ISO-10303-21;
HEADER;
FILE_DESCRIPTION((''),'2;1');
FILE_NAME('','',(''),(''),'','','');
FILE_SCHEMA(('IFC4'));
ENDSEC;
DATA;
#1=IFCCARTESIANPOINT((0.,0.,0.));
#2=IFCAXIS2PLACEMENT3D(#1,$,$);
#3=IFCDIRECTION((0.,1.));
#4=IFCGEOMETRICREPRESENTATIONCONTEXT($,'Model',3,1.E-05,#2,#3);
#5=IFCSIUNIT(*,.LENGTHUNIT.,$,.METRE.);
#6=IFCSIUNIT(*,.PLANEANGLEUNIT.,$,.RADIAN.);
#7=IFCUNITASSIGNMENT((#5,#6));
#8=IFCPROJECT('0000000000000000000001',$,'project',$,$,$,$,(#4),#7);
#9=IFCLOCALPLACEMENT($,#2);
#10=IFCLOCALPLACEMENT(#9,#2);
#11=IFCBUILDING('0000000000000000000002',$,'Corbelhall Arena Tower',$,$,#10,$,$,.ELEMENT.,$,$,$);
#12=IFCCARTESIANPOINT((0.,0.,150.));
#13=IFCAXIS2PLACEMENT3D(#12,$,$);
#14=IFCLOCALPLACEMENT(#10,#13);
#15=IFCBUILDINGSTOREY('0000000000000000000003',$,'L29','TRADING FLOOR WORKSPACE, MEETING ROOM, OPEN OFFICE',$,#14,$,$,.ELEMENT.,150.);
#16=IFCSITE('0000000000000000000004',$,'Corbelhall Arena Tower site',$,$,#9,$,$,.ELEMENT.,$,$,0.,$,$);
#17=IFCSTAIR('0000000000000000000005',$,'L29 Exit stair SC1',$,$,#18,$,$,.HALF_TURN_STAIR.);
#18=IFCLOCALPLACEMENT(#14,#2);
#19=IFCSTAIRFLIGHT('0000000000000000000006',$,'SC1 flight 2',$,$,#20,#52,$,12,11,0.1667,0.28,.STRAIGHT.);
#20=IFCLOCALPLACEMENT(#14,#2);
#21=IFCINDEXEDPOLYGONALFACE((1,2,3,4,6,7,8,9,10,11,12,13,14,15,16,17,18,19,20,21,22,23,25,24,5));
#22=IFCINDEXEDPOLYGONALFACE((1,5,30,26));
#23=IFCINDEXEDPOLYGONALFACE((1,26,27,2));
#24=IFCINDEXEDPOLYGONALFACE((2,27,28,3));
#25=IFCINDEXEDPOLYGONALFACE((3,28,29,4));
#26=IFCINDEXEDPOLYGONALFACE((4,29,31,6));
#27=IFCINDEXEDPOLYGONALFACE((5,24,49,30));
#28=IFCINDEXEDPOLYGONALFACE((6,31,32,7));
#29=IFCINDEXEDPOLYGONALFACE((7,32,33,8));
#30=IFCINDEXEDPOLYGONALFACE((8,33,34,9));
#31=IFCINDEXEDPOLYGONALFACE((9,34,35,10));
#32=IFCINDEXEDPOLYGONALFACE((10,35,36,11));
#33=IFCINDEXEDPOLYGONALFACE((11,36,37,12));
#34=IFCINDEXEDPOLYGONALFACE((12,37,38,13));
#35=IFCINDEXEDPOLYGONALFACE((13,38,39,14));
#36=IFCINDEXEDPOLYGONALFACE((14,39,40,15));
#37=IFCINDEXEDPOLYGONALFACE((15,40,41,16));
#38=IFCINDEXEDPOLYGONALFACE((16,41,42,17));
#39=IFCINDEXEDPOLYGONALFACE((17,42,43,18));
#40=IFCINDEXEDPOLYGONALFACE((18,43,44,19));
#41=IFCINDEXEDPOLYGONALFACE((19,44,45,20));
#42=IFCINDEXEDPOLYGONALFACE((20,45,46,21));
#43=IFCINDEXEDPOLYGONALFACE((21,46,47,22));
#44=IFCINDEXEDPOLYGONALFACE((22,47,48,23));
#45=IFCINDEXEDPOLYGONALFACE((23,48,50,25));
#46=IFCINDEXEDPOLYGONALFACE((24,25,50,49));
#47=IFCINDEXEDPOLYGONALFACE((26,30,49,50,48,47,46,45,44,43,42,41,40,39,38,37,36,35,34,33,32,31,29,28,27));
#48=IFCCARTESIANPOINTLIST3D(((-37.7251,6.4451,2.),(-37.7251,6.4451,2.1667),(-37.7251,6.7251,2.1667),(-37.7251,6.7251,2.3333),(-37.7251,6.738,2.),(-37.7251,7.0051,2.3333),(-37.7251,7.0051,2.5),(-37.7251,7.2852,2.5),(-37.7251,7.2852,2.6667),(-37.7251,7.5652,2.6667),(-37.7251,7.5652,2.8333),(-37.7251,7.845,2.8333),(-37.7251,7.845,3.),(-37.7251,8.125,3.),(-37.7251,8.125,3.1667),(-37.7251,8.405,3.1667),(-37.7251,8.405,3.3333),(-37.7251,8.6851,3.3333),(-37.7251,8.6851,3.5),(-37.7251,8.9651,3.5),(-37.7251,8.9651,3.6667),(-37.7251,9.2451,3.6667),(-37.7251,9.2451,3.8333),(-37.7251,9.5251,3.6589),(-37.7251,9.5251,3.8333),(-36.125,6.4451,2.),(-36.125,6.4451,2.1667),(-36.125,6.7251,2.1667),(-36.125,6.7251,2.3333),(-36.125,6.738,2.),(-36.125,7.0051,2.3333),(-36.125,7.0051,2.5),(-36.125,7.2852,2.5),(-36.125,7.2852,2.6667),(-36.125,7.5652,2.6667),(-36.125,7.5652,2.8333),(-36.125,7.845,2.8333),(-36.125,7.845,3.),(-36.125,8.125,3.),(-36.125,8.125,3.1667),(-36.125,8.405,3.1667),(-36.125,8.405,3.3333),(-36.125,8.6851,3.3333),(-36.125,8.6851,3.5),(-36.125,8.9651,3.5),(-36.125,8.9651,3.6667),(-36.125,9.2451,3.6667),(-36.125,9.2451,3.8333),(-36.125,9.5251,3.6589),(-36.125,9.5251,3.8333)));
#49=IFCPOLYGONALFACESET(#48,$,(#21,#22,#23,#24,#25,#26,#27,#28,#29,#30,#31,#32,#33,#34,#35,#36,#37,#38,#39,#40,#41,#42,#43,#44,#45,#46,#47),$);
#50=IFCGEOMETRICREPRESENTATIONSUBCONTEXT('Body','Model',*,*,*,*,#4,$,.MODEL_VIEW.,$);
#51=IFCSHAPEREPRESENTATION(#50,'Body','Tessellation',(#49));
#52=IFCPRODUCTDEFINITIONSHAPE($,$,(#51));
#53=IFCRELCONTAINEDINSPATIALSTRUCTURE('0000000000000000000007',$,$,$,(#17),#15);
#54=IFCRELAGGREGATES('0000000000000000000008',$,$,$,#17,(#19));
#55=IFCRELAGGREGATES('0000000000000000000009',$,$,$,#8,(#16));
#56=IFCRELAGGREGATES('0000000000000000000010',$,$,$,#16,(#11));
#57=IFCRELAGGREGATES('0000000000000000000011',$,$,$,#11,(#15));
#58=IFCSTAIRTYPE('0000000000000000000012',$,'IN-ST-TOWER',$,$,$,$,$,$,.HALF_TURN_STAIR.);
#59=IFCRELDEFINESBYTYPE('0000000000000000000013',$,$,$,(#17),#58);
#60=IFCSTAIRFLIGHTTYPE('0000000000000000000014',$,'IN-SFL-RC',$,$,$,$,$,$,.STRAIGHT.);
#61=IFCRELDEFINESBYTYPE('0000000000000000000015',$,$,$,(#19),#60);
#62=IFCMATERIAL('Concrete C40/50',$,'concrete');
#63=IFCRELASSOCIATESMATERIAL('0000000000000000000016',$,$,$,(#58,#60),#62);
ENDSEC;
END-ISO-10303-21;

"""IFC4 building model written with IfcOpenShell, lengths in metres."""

from ifc_helpers import new_model, si_unit, direction, frame, origin, place, context, subcontext, project, spatial, polyline, outline, extrude, material, type_object, element, aggregate, save


model = new_model("IFC4")

# Units and contexts
model_context = context("Model", 3, precision=1e-05, world=origin(), true_north=direction((0.0, 1.0)))
body_context = subcontext(model_context, "Body", "Model", "MODEL_VIEW")
ifc_project = project(units=[si_unit("LENGTHUNIT", "METRE"), si_unit("PLANEANGLEUNIT", "RADIAN")], contexts=[model_context])

# Site, building, storey
site_placement = place(None, origin())
site = spatial("IfcSite", under=ifc_project, at=site_placement, Name="Corbelhall Arena Tower site", CompositionType="ELEMENT", RefElevation=0.0)
building_placement = place(site_placement, origin())
building = spatial("IfcBuilding", under=site, at=building_placement, Name="Corbelhall Arena Tower", CompositionType="ELEMENT")
storey_placement = place(building_placement, frame((0.0, 0.0, 150.0)))
storey = spatial("IfcBuildingStorey", under=building, at=storey_placement, Name="L29", Description="TRADING FLOOR WORKSPACE, MEETING ROOM, OPEN OFFICE", CompositionType="ELEMENT", Elevation=150.0)

# Shared definitions
ifc_material_1 = material(Name="Concrete C40/50", Category="concrete")

# Stair, stair flight
stair_type = type_object("IfcStairType", Name="IN-ST-TOWER", PredefinedType="HALF_TURN_STAIR", material=ifc_material_1)
stair_placement = place(storey_placement, origin())
stair = element("IfcStair", 1, at=stair_placement, inside=storey, type_object=stair_type, Name="L29 Exit stair SC1", PredefinedType="HALF_TURN_STAIR")
stair_flight_type = type_object("IfcStairFlightType", Name="IN-SFL-RC", PredefinedType="STRAIGHT", material=ifc_material_1)
stair_flight_1_placement = place(storey_placement, frame((-36.925, 6.4451, 2.0), z_axis=(0.0, 0.0, 1.0), x_axis=(0.0, 1.0, 0.0)))
stair_flight_1 = element("IfcStairFlight", 2, at=stair_flight_1_placement, type_object=stair_flight_type, Name="SC1 flight 2", NumberOfRisers=12, NumberOfTreads=11, PredefinedType="STRAIGHT", RiserHeight=0.1667, TreadLength=0.28, context=body_context, shape_type="SweptSolid", body=[
    extrude(outline(polyline([(0.0, 0.0), (0.0, 0.1667), (0.28, 0.1667), (0.28, 0.3333), (0.5601, 0.3333), (0.5601, 0.5), (0.8401, 0.5), (0.8401, 0.6667), (1.1201, 0.6667), (1.1201, 0.8333), (1.3999, 0.8333), (1.3999, 1.0), (1.6799, 1.0), (1.6799, 1.1667), (1.96, 1.1667), (1.96, 1.3333), (2.24, 1.3333), (2.24, 1.5), (2.52, 1.5), (2.52, 1.6667), (2.8, 1.6667), (2.8, 1.8333), (3.0801, 1.8333), (3.0801, 2.0), (3.0801, 1.6589), (0.293, 0.0), (0.0, 0.0)])), frame((0.0, 0.8, 0.0), z_axis=(0.0, -1.0, 0.0), x_axis=(1.0, 0.0, 0.0)), (0.0, 0.0, 1.0), 1.6001),
])
aggregate(stair, [stair_flight_1])

save(model, "model.ifc")
